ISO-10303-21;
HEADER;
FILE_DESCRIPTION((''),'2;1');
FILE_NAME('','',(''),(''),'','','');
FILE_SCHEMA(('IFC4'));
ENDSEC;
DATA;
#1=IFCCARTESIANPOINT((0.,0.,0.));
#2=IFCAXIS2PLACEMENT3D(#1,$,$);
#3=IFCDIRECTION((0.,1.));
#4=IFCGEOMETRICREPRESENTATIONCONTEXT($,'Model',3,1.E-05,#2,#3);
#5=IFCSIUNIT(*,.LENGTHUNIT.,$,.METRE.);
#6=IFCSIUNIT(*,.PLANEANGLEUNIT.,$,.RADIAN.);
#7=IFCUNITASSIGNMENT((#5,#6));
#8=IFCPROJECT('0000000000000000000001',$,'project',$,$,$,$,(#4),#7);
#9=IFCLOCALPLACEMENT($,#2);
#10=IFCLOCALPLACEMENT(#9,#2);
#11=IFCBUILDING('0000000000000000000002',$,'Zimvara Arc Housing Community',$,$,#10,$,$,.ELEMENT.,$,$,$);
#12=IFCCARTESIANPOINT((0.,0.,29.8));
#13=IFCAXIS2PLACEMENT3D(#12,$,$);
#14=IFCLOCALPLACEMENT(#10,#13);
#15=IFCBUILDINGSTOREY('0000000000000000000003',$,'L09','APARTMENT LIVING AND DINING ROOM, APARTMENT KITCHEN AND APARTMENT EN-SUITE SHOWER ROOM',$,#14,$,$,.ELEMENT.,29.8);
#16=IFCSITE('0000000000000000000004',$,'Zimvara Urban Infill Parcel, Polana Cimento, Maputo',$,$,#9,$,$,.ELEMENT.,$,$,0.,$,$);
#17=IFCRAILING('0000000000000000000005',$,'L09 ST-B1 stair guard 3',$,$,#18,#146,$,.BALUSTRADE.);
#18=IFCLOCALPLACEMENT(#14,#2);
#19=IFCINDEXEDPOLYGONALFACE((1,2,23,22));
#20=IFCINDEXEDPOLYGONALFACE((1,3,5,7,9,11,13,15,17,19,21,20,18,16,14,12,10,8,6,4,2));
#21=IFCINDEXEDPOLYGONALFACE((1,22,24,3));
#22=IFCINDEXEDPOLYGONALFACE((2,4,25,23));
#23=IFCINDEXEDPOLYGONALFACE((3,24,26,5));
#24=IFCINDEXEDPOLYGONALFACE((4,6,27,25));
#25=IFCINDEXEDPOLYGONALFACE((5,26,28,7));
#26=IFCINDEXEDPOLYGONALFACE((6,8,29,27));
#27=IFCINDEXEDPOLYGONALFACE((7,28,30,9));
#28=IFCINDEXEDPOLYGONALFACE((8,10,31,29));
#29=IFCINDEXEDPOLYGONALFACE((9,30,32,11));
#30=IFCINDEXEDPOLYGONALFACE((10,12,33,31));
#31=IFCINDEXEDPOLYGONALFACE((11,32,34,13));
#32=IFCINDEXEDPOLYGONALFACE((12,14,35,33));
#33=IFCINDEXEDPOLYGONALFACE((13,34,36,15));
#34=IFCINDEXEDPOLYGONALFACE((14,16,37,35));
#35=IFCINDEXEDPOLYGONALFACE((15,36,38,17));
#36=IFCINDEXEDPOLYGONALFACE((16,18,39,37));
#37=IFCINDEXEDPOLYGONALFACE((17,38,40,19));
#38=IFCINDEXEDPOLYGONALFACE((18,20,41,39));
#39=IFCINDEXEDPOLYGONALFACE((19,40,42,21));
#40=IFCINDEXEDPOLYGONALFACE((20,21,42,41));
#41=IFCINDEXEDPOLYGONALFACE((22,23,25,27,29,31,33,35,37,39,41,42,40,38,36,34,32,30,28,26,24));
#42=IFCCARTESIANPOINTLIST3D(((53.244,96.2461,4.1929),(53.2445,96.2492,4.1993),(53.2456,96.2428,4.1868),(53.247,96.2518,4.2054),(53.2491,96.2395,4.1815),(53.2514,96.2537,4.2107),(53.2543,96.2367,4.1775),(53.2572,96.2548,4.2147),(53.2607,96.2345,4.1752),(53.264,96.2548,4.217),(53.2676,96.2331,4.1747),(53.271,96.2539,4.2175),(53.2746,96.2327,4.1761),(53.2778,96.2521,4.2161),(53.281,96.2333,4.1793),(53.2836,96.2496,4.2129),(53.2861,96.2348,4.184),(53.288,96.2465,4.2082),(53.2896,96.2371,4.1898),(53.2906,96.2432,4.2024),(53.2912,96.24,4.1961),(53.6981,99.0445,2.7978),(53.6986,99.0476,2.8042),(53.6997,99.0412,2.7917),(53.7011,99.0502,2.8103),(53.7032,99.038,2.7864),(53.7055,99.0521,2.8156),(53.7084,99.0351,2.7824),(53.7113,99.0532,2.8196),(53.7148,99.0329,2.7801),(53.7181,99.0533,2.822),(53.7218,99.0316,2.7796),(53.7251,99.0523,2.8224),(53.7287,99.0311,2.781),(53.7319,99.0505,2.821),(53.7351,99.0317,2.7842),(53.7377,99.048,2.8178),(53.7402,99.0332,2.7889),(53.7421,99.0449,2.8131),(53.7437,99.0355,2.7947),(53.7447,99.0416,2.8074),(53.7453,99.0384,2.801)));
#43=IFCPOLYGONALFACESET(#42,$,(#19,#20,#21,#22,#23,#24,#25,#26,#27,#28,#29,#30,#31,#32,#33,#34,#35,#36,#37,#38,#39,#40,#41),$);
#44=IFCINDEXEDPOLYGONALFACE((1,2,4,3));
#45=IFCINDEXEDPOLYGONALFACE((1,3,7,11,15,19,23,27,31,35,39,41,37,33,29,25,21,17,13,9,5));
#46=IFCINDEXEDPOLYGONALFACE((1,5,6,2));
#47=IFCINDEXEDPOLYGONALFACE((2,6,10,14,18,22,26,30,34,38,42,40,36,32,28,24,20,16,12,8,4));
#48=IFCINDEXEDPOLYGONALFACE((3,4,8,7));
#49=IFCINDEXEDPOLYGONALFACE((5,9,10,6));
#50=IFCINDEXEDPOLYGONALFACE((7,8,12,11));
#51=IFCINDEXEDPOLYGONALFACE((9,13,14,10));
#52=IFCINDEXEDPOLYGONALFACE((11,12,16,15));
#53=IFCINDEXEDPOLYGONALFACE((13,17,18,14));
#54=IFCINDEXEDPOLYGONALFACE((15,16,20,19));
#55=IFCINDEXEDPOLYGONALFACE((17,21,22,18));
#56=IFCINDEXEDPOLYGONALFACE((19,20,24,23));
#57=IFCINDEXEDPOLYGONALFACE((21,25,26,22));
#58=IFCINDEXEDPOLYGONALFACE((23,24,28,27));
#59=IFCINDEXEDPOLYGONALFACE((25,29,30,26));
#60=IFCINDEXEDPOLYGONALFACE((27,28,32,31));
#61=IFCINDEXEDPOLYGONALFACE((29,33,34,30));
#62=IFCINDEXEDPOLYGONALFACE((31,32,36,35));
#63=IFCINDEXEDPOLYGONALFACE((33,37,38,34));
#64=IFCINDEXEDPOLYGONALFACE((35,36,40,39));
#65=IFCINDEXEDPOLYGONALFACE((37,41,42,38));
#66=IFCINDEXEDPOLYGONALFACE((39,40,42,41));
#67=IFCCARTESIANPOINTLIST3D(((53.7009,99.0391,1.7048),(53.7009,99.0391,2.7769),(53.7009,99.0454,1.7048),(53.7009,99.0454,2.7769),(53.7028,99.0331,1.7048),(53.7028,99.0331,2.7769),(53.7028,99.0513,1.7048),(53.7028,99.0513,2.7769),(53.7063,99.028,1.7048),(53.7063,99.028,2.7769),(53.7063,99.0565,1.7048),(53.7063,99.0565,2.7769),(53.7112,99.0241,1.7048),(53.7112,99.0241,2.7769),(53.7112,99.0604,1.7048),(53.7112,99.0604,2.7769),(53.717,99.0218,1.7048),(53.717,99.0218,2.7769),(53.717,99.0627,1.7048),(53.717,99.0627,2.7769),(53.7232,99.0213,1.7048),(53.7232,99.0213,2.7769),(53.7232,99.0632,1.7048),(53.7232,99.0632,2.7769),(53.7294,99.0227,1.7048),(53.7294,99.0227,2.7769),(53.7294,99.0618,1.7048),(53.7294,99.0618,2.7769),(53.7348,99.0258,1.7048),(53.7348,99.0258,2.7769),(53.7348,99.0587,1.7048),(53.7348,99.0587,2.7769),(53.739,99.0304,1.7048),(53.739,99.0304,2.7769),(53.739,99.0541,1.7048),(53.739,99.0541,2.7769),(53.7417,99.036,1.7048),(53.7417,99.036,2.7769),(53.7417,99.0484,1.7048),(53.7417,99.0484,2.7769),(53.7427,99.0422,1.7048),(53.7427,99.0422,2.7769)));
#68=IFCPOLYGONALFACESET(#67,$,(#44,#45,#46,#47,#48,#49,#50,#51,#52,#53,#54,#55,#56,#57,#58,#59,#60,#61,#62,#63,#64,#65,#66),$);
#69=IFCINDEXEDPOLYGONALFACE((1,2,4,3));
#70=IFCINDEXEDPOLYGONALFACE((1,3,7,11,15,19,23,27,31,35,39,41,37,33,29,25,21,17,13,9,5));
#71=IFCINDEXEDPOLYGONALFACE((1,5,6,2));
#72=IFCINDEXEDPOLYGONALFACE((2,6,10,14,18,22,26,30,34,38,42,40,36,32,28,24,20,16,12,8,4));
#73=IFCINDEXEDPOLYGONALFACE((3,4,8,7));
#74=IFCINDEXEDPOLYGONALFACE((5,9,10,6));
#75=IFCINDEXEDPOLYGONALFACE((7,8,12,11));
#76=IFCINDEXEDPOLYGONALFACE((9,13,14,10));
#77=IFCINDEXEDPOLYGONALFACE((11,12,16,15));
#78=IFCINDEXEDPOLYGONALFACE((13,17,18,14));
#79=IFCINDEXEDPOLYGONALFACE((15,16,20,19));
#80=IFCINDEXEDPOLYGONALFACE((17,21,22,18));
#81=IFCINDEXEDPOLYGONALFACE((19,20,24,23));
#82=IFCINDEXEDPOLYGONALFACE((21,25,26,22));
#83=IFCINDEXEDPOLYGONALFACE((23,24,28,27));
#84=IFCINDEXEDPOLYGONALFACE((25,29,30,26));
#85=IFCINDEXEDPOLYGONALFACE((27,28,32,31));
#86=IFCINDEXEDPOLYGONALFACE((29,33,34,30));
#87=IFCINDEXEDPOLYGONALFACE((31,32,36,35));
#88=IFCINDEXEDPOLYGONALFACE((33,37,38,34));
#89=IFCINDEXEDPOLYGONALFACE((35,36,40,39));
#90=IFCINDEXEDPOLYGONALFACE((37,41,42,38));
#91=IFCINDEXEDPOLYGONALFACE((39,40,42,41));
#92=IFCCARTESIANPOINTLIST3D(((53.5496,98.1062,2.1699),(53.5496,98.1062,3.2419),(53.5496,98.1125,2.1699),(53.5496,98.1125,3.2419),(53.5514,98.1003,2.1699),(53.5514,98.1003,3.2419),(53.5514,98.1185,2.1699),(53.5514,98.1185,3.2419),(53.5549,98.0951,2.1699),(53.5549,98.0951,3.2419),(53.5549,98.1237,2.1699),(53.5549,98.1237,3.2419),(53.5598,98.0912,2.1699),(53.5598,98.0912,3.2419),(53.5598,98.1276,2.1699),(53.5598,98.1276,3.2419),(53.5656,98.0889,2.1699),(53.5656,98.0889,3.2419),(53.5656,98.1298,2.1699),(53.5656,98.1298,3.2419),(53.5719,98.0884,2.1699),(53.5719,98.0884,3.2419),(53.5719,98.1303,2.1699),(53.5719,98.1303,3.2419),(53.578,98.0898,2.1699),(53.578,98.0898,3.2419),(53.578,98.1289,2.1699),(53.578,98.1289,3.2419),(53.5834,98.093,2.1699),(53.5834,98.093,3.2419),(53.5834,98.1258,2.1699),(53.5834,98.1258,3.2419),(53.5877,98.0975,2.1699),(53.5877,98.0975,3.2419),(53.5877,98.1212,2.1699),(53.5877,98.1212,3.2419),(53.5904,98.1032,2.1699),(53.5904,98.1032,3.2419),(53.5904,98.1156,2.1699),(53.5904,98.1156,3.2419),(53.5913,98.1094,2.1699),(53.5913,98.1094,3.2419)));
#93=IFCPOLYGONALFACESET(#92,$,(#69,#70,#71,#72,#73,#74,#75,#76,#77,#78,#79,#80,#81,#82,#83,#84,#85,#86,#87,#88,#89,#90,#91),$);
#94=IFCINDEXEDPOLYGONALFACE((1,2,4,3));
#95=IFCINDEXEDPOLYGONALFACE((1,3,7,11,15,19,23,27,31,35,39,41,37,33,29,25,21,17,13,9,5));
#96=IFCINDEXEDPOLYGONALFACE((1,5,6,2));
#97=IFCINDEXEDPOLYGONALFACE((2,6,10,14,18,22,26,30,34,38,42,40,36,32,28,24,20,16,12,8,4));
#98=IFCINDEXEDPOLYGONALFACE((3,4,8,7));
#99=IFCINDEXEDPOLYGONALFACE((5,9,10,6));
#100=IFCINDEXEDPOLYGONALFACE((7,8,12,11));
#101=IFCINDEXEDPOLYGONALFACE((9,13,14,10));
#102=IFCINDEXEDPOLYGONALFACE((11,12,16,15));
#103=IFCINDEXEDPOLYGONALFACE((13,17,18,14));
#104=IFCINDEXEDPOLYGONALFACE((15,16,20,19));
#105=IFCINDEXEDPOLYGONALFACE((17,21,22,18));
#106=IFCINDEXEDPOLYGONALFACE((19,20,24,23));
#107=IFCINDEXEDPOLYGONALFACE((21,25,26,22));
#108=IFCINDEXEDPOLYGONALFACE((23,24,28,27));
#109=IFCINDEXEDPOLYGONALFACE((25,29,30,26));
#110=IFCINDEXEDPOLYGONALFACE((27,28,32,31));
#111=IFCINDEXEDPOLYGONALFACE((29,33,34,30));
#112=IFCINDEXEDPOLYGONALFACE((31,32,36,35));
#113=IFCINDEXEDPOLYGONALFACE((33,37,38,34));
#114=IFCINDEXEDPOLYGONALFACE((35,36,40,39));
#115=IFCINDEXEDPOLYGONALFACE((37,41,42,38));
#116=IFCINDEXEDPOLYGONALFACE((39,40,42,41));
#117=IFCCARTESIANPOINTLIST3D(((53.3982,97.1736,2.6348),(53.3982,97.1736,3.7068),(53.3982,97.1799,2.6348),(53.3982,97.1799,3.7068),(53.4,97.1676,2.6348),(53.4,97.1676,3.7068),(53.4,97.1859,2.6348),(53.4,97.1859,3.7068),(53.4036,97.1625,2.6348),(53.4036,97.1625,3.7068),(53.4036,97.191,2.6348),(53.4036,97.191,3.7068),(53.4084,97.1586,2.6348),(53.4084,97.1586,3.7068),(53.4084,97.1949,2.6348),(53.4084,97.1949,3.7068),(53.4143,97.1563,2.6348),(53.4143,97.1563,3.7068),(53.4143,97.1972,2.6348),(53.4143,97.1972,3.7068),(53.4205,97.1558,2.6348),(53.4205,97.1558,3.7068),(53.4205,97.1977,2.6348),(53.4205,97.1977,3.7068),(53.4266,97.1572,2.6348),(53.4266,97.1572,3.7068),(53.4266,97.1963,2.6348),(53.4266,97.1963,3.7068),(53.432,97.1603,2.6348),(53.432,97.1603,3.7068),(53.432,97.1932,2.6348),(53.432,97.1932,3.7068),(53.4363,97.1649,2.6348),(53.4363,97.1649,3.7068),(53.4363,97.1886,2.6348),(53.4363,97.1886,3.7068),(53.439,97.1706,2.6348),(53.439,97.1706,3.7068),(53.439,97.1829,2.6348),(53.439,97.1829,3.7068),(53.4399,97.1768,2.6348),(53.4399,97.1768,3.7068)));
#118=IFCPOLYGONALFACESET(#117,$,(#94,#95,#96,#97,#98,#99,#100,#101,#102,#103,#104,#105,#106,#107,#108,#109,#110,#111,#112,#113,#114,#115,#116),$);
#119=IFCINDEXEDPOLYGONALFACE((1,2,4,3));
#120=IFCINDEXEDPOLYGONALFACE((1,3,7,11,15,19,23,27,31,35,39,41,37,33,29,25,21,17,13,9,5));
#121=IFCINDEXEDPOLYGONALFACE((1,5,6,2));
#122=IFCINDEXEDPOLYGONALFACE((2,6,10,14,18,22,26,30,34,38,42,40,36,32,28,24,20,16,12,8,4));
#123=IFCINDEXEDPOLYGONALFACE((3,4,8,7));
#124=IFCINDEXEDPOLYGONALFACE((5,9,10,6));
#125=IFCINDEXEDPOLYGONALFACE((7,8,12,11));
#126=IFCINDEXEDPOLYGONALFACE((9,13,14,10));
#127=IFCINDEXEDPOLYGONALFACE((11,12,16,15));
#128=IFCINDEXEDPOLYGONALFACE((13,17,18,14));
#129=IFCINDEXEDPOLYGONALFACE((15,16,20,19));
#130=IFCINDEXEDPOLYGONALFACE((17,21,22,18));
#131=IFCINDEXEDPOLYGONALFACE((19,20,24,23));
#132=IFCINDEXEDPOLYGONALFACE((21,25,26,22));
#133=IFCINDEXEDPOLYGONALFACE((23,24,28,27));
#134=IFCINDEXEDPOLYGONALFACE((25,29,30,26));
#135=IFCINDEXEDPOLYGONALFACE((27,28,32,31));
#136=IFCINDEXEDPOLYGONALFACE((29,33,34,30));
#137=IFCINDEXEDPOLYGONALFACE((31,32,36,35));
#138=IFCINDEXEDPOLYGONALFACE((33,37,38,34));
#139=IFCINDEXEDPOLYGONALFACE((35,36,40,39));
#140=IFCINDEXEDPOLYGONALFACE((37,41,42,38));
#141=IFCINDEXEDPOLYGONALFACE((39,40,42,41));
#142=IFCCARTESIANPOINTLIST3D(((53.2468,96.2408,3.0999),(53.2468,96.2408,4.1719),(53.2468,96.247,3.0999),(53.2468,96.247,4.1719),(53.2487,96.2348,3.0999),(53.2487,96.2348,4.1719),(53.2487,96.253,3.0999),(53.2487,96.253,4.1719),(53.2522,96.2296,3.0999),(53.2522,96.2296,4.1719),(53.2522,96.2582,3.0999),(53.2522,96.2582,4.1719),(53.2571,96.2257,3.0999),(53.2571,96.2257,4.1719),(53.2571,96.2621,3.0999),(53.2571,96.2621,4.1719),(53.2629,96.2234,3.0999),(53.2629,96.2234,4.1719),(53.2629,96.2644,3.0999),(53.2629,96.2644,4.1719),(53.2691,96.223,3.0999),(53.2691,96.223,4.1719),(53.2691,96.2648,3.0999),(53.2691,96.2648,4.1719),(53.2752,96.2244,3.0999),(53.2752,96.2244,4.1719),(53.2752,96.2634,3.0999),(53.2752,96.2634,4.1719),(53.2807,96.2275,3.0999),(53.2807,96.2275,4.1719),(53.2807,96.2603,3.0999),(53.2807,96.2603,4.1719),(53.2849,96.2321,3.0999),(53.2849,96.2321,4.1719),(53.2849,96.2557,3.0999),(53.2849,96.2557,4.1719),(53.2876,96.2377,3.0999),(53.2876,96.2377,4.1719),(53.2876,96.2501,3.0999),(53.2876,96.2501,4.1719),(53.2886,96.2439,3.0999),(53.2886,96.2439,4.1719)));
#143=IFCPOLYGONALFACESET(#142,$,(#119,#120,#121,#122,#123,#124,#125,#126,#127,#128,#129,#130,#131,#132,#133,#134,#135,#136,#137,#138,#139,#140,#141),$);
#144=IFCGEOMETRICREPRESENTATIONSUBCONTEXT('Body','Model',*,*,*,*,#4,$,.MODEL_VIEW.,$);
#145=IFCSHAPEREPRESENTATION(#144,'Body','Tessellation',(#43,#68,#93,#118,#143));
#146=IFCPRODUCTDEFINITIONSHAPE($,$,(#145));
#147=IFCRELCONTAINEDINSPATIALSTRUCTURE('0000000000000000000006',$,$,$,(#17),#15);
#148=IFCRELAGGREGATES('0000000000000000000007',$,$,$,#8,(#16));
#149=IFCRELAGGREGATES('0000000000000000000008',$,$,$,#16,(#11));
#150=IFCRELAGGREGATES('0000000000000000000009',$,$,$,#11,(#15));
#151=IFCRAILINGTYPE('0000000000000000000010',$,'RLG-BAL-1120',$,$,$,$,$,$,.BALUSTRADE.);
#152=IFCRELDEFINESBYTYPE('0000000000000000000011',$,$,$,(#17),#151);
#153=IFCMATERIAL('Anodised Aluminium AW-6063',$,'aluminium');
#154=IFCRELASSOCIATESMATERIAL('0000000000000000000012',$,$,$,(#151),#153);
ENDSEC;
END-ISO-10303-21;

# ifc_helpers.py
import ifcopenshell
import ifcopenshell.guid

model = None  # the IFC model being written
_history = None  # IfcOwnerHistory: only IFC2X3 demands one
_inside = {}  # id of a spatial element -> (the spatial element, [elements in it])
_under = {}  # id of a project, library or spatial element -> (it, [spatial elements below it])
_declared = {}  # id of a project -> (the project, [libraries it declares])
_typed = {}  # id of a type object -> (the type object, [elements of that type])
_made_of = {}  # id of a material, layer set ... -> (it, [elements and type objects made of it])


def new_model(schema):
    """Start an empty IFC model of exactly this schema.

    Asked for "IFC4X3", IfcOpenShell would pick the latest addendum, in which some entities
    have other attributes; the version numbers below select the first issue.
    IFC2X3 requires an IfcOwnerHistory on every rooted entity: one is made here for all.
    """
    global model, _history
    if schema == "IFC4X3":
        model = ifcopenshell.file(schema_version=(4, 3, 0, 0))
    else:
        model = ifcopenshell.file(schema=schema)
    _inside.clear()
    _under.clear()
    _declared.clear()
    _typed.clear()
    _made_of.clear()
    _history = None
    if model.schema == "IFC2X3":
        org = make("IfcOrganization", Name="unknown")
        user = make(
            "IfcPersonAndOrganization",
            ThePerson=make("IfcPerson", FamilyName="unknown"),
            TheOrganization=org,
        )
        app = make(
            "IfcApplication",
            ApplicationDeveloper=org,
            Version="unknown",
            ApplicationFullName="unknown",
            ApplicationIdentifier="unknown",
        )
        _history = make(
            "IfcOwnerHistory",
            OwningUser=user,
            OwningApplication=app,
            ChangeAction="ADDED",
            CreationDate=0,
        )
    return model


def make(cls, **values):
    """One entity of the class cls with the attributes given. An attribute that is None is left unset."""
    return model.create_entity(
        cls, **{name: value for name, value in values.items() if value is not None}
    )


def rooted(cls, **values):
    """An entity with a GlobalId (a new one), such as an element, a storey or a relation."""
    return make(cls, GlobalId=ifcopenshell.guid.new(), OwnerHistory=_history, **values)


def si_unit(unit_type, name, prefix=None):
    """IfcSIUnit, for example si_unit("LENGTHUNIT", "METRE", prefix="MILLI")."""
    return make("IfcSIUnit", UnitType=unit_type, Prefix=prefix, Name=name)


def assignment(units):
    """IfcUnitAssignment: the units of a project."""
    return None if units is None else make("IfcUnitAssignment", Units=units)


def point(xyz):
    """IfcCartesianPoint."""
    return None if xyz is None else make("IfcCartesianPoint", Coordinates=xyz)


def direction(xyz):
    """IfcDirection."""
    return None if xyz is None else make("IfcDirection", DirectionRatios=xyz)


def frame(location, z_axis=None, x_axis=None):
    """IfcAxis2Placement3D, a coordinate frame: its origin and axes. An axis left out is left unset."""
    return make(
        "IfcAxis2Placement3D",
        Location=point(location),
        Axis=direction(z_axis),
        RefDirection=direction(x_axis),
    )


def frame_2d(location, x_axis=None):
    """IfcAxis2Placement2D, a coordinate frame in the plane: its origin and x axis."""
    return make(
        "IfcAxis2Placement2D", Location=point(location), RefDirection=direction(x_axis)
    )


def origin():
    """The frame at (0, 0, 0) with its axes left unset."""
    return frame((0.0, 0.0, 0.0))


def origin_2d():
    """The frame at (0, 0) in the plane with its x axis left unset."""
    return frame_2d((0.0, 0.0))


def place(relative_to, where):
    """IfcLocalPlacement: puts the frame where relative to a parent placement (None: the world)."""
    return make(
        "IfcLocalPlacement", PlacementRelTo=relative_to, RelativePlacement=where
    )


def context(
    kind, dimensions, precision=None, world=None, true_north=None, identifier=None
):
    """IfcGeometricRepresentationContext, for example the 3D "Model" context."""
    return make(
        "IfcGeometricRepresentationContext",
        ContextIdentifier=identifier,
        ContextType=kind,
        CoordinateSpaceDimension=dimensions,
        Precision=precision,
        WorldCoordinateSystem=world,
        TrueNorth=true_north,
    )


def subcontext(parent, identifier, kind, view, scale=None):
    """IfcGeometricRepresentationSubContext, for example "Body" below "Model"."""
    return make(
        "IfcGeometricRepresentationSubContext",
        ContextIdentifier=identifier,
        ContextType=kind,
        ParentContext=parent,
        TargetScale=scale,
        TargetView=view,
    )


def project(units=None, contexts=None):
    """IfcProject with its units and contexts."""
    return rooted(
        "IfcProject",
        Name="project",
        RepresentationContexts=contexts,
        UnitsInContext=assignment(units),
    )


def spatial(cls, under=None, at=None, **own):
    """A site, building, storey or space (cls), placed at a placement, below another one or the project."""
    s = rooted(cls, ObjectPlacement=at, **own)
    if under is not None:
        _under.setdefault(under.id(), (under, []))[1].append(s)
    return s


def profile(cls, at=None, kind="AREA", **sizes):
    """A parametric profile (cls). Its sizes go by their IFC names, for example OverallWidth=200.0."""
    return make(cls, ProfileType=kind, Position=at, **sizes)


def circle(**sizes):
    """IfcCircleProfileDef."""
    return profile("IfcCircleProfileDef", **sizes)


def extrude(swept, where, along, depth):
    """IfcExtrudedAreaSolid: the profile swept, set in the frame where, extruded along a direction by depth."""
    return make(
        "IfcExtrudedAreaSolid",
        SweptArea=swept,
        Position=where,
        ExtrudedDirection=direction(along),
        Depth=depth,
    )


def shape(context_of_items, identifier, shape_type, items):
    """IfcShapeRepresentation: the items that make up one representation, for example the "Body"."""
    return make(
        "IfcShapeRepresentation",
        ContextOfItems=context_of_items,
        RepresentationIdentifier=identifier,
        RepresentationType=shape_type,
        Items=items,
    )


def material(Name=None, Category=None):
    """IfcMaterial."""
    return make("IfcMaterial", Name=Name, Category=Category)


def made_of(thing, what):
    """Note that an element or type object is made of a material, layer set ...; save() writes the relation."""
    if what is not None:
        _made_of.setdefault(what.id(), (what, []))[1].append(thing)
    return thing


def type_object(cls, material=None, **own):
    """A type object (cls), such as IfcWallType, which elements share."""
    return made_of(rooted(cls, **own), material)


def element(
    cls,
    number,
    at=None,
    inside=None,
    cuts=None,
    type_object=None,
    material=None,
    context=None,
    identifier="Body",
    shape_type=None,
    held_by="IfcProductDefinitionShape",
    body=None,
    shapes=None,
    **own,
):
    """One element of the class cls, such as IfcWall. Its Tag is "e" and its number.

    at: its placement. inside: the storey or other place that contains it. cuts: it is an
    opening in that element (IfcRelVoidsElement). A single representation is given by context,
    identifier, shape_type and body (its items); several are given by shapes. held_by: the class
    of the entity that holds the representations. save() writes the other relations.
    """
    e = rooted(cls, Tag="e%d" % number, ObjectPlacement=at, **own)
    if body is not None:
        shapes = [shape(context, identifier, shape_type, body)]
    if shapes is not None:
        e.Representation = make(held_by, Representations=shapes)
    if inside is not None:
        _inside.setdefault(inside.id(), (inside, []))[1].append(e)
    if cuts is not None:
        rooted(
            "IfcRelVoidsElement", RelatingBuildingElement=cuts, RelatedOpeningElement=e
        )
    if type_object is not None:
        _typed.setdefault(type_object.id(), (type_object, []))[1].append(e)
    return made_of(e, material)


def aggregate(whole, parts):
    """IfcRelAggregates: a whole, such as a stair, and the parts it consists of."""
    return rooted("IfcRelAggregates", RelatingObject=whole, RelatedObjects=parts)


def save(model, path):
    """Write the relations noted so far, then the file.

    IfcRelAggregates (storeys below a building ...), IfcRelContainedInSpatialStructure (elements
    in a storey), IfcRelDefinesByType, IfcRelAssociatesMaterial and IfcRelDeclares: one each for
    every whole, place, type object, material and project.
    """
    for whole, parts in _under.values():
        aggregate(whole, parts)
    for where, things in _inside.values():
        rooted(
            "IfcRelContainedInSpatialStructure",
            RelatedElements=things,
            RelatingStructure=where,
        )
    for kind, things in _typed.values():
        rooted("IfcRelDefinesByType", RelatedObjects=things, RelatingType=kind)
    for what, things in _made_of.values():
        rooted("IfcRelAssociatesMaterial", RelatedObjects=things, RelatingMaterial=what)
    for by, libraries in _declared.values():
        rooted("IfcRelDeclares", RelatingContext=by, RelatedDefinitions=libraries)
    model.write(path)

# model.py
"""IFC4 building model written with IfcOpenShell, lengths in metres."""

from ifc_helpers import new_model, si_unit, direction, frame, origin, origin_2d, place, context, subcontext, project, spatial, circle, extrude, material, type_object, element, save


model = new_model("IFC4")

# Units and contexts
model_context = context("Model", 3, precision=1e-05, world=origin(), true_north=direction((0.0, 1.0)))
body_context = subcontext(model_context, "Body", "Model", "MODEL_VIEW")
ifc_project = project(units=[si_unit("LENGTHUNIT", "METRE"), si_unit("PLANEANGLEUNIT", "RADIAN")], contexts=[model_context])

# Site, building, storey
site_placement = place(None, origin())
site = spatial("IfcSite", under=ifc_project, at=site_placement, Name="Zimvara Urban Infill Parcel, Polana Cimento, Maputo", CompositionType="ELEMENT", RefElevation=0.0)
building_placement = place(site_placement, origin())
building = spatial("IfcBuilding", under=site, at=building_placement, Name="Zimvara Arc Housing Community", CompositionType="ELEMENT")
storey_placement = place(building_placement, frame((0.0, 0.0, 29.8)))
storey = spatial("IfcBuildingStorey", under=building, at=storey_placement, Name="L09", Description="APARTMENT LIVING AND DINING ROOM, APARTMENT KITCHEN AND APARTMENT EN-SUITE SHOWER ROOM", CompositionType="ELEMENT", Elevation=29.8)

# Railing
ifc_material_1 = material(Name="Anodised Aluminium AW-6063", Category="aluminium")
railing_type_1 = type_object("IfcRailingType", Name="RLG-BAL-1120", PredefinedType="BALUSTRADE", material=ifc_material_1)
railing_1_placement = place(storey_placement, frame((53.7217, 99.0422, 1.7048)))
element("IfcRailing", 1, at=railing_1_placement, inside=storey, type_object=railing_type_1, Name="L09 ST-B1 stair guard 3", PredefinedType="BALUSTRADE", context=body_context, shape_type="SweptSolid", body=[
    extrude(circle(Radius=0.0239, at=origin_2d()), frame((0.0, 0.0, 1.0962), z_axis=(-0.143722, -0.885666, 0.44152), x_axis=(0.987088, -0.16018, 0.0)), (0.0, 0.0, 1.0), 3.1597),
    extrude(circle(Radius=0.021, at=origin_2d()), origin(), (0.0, 0.0, 1.0), 1.072),
    extrude(circle(Radius=0.021, at=origin_2d()), frame((-0.1514, -0.9329, 0.4651)), (0.0, 0.0, 1.0), 1.072),
    extrude(circle(Radius=0.021, at=origin_2d()), frame((-0.3027, -1.8655, 0.9299)), (0.0, 0.0, 1.0), 1.072),
    extrude(circle(Radius=0.021, at=origin_2d()), frame((-0.4541, -2.7983, 1.395)), (0.0, 0.0, 1.0), 1.072),
])

save(model, "model.ifc")
